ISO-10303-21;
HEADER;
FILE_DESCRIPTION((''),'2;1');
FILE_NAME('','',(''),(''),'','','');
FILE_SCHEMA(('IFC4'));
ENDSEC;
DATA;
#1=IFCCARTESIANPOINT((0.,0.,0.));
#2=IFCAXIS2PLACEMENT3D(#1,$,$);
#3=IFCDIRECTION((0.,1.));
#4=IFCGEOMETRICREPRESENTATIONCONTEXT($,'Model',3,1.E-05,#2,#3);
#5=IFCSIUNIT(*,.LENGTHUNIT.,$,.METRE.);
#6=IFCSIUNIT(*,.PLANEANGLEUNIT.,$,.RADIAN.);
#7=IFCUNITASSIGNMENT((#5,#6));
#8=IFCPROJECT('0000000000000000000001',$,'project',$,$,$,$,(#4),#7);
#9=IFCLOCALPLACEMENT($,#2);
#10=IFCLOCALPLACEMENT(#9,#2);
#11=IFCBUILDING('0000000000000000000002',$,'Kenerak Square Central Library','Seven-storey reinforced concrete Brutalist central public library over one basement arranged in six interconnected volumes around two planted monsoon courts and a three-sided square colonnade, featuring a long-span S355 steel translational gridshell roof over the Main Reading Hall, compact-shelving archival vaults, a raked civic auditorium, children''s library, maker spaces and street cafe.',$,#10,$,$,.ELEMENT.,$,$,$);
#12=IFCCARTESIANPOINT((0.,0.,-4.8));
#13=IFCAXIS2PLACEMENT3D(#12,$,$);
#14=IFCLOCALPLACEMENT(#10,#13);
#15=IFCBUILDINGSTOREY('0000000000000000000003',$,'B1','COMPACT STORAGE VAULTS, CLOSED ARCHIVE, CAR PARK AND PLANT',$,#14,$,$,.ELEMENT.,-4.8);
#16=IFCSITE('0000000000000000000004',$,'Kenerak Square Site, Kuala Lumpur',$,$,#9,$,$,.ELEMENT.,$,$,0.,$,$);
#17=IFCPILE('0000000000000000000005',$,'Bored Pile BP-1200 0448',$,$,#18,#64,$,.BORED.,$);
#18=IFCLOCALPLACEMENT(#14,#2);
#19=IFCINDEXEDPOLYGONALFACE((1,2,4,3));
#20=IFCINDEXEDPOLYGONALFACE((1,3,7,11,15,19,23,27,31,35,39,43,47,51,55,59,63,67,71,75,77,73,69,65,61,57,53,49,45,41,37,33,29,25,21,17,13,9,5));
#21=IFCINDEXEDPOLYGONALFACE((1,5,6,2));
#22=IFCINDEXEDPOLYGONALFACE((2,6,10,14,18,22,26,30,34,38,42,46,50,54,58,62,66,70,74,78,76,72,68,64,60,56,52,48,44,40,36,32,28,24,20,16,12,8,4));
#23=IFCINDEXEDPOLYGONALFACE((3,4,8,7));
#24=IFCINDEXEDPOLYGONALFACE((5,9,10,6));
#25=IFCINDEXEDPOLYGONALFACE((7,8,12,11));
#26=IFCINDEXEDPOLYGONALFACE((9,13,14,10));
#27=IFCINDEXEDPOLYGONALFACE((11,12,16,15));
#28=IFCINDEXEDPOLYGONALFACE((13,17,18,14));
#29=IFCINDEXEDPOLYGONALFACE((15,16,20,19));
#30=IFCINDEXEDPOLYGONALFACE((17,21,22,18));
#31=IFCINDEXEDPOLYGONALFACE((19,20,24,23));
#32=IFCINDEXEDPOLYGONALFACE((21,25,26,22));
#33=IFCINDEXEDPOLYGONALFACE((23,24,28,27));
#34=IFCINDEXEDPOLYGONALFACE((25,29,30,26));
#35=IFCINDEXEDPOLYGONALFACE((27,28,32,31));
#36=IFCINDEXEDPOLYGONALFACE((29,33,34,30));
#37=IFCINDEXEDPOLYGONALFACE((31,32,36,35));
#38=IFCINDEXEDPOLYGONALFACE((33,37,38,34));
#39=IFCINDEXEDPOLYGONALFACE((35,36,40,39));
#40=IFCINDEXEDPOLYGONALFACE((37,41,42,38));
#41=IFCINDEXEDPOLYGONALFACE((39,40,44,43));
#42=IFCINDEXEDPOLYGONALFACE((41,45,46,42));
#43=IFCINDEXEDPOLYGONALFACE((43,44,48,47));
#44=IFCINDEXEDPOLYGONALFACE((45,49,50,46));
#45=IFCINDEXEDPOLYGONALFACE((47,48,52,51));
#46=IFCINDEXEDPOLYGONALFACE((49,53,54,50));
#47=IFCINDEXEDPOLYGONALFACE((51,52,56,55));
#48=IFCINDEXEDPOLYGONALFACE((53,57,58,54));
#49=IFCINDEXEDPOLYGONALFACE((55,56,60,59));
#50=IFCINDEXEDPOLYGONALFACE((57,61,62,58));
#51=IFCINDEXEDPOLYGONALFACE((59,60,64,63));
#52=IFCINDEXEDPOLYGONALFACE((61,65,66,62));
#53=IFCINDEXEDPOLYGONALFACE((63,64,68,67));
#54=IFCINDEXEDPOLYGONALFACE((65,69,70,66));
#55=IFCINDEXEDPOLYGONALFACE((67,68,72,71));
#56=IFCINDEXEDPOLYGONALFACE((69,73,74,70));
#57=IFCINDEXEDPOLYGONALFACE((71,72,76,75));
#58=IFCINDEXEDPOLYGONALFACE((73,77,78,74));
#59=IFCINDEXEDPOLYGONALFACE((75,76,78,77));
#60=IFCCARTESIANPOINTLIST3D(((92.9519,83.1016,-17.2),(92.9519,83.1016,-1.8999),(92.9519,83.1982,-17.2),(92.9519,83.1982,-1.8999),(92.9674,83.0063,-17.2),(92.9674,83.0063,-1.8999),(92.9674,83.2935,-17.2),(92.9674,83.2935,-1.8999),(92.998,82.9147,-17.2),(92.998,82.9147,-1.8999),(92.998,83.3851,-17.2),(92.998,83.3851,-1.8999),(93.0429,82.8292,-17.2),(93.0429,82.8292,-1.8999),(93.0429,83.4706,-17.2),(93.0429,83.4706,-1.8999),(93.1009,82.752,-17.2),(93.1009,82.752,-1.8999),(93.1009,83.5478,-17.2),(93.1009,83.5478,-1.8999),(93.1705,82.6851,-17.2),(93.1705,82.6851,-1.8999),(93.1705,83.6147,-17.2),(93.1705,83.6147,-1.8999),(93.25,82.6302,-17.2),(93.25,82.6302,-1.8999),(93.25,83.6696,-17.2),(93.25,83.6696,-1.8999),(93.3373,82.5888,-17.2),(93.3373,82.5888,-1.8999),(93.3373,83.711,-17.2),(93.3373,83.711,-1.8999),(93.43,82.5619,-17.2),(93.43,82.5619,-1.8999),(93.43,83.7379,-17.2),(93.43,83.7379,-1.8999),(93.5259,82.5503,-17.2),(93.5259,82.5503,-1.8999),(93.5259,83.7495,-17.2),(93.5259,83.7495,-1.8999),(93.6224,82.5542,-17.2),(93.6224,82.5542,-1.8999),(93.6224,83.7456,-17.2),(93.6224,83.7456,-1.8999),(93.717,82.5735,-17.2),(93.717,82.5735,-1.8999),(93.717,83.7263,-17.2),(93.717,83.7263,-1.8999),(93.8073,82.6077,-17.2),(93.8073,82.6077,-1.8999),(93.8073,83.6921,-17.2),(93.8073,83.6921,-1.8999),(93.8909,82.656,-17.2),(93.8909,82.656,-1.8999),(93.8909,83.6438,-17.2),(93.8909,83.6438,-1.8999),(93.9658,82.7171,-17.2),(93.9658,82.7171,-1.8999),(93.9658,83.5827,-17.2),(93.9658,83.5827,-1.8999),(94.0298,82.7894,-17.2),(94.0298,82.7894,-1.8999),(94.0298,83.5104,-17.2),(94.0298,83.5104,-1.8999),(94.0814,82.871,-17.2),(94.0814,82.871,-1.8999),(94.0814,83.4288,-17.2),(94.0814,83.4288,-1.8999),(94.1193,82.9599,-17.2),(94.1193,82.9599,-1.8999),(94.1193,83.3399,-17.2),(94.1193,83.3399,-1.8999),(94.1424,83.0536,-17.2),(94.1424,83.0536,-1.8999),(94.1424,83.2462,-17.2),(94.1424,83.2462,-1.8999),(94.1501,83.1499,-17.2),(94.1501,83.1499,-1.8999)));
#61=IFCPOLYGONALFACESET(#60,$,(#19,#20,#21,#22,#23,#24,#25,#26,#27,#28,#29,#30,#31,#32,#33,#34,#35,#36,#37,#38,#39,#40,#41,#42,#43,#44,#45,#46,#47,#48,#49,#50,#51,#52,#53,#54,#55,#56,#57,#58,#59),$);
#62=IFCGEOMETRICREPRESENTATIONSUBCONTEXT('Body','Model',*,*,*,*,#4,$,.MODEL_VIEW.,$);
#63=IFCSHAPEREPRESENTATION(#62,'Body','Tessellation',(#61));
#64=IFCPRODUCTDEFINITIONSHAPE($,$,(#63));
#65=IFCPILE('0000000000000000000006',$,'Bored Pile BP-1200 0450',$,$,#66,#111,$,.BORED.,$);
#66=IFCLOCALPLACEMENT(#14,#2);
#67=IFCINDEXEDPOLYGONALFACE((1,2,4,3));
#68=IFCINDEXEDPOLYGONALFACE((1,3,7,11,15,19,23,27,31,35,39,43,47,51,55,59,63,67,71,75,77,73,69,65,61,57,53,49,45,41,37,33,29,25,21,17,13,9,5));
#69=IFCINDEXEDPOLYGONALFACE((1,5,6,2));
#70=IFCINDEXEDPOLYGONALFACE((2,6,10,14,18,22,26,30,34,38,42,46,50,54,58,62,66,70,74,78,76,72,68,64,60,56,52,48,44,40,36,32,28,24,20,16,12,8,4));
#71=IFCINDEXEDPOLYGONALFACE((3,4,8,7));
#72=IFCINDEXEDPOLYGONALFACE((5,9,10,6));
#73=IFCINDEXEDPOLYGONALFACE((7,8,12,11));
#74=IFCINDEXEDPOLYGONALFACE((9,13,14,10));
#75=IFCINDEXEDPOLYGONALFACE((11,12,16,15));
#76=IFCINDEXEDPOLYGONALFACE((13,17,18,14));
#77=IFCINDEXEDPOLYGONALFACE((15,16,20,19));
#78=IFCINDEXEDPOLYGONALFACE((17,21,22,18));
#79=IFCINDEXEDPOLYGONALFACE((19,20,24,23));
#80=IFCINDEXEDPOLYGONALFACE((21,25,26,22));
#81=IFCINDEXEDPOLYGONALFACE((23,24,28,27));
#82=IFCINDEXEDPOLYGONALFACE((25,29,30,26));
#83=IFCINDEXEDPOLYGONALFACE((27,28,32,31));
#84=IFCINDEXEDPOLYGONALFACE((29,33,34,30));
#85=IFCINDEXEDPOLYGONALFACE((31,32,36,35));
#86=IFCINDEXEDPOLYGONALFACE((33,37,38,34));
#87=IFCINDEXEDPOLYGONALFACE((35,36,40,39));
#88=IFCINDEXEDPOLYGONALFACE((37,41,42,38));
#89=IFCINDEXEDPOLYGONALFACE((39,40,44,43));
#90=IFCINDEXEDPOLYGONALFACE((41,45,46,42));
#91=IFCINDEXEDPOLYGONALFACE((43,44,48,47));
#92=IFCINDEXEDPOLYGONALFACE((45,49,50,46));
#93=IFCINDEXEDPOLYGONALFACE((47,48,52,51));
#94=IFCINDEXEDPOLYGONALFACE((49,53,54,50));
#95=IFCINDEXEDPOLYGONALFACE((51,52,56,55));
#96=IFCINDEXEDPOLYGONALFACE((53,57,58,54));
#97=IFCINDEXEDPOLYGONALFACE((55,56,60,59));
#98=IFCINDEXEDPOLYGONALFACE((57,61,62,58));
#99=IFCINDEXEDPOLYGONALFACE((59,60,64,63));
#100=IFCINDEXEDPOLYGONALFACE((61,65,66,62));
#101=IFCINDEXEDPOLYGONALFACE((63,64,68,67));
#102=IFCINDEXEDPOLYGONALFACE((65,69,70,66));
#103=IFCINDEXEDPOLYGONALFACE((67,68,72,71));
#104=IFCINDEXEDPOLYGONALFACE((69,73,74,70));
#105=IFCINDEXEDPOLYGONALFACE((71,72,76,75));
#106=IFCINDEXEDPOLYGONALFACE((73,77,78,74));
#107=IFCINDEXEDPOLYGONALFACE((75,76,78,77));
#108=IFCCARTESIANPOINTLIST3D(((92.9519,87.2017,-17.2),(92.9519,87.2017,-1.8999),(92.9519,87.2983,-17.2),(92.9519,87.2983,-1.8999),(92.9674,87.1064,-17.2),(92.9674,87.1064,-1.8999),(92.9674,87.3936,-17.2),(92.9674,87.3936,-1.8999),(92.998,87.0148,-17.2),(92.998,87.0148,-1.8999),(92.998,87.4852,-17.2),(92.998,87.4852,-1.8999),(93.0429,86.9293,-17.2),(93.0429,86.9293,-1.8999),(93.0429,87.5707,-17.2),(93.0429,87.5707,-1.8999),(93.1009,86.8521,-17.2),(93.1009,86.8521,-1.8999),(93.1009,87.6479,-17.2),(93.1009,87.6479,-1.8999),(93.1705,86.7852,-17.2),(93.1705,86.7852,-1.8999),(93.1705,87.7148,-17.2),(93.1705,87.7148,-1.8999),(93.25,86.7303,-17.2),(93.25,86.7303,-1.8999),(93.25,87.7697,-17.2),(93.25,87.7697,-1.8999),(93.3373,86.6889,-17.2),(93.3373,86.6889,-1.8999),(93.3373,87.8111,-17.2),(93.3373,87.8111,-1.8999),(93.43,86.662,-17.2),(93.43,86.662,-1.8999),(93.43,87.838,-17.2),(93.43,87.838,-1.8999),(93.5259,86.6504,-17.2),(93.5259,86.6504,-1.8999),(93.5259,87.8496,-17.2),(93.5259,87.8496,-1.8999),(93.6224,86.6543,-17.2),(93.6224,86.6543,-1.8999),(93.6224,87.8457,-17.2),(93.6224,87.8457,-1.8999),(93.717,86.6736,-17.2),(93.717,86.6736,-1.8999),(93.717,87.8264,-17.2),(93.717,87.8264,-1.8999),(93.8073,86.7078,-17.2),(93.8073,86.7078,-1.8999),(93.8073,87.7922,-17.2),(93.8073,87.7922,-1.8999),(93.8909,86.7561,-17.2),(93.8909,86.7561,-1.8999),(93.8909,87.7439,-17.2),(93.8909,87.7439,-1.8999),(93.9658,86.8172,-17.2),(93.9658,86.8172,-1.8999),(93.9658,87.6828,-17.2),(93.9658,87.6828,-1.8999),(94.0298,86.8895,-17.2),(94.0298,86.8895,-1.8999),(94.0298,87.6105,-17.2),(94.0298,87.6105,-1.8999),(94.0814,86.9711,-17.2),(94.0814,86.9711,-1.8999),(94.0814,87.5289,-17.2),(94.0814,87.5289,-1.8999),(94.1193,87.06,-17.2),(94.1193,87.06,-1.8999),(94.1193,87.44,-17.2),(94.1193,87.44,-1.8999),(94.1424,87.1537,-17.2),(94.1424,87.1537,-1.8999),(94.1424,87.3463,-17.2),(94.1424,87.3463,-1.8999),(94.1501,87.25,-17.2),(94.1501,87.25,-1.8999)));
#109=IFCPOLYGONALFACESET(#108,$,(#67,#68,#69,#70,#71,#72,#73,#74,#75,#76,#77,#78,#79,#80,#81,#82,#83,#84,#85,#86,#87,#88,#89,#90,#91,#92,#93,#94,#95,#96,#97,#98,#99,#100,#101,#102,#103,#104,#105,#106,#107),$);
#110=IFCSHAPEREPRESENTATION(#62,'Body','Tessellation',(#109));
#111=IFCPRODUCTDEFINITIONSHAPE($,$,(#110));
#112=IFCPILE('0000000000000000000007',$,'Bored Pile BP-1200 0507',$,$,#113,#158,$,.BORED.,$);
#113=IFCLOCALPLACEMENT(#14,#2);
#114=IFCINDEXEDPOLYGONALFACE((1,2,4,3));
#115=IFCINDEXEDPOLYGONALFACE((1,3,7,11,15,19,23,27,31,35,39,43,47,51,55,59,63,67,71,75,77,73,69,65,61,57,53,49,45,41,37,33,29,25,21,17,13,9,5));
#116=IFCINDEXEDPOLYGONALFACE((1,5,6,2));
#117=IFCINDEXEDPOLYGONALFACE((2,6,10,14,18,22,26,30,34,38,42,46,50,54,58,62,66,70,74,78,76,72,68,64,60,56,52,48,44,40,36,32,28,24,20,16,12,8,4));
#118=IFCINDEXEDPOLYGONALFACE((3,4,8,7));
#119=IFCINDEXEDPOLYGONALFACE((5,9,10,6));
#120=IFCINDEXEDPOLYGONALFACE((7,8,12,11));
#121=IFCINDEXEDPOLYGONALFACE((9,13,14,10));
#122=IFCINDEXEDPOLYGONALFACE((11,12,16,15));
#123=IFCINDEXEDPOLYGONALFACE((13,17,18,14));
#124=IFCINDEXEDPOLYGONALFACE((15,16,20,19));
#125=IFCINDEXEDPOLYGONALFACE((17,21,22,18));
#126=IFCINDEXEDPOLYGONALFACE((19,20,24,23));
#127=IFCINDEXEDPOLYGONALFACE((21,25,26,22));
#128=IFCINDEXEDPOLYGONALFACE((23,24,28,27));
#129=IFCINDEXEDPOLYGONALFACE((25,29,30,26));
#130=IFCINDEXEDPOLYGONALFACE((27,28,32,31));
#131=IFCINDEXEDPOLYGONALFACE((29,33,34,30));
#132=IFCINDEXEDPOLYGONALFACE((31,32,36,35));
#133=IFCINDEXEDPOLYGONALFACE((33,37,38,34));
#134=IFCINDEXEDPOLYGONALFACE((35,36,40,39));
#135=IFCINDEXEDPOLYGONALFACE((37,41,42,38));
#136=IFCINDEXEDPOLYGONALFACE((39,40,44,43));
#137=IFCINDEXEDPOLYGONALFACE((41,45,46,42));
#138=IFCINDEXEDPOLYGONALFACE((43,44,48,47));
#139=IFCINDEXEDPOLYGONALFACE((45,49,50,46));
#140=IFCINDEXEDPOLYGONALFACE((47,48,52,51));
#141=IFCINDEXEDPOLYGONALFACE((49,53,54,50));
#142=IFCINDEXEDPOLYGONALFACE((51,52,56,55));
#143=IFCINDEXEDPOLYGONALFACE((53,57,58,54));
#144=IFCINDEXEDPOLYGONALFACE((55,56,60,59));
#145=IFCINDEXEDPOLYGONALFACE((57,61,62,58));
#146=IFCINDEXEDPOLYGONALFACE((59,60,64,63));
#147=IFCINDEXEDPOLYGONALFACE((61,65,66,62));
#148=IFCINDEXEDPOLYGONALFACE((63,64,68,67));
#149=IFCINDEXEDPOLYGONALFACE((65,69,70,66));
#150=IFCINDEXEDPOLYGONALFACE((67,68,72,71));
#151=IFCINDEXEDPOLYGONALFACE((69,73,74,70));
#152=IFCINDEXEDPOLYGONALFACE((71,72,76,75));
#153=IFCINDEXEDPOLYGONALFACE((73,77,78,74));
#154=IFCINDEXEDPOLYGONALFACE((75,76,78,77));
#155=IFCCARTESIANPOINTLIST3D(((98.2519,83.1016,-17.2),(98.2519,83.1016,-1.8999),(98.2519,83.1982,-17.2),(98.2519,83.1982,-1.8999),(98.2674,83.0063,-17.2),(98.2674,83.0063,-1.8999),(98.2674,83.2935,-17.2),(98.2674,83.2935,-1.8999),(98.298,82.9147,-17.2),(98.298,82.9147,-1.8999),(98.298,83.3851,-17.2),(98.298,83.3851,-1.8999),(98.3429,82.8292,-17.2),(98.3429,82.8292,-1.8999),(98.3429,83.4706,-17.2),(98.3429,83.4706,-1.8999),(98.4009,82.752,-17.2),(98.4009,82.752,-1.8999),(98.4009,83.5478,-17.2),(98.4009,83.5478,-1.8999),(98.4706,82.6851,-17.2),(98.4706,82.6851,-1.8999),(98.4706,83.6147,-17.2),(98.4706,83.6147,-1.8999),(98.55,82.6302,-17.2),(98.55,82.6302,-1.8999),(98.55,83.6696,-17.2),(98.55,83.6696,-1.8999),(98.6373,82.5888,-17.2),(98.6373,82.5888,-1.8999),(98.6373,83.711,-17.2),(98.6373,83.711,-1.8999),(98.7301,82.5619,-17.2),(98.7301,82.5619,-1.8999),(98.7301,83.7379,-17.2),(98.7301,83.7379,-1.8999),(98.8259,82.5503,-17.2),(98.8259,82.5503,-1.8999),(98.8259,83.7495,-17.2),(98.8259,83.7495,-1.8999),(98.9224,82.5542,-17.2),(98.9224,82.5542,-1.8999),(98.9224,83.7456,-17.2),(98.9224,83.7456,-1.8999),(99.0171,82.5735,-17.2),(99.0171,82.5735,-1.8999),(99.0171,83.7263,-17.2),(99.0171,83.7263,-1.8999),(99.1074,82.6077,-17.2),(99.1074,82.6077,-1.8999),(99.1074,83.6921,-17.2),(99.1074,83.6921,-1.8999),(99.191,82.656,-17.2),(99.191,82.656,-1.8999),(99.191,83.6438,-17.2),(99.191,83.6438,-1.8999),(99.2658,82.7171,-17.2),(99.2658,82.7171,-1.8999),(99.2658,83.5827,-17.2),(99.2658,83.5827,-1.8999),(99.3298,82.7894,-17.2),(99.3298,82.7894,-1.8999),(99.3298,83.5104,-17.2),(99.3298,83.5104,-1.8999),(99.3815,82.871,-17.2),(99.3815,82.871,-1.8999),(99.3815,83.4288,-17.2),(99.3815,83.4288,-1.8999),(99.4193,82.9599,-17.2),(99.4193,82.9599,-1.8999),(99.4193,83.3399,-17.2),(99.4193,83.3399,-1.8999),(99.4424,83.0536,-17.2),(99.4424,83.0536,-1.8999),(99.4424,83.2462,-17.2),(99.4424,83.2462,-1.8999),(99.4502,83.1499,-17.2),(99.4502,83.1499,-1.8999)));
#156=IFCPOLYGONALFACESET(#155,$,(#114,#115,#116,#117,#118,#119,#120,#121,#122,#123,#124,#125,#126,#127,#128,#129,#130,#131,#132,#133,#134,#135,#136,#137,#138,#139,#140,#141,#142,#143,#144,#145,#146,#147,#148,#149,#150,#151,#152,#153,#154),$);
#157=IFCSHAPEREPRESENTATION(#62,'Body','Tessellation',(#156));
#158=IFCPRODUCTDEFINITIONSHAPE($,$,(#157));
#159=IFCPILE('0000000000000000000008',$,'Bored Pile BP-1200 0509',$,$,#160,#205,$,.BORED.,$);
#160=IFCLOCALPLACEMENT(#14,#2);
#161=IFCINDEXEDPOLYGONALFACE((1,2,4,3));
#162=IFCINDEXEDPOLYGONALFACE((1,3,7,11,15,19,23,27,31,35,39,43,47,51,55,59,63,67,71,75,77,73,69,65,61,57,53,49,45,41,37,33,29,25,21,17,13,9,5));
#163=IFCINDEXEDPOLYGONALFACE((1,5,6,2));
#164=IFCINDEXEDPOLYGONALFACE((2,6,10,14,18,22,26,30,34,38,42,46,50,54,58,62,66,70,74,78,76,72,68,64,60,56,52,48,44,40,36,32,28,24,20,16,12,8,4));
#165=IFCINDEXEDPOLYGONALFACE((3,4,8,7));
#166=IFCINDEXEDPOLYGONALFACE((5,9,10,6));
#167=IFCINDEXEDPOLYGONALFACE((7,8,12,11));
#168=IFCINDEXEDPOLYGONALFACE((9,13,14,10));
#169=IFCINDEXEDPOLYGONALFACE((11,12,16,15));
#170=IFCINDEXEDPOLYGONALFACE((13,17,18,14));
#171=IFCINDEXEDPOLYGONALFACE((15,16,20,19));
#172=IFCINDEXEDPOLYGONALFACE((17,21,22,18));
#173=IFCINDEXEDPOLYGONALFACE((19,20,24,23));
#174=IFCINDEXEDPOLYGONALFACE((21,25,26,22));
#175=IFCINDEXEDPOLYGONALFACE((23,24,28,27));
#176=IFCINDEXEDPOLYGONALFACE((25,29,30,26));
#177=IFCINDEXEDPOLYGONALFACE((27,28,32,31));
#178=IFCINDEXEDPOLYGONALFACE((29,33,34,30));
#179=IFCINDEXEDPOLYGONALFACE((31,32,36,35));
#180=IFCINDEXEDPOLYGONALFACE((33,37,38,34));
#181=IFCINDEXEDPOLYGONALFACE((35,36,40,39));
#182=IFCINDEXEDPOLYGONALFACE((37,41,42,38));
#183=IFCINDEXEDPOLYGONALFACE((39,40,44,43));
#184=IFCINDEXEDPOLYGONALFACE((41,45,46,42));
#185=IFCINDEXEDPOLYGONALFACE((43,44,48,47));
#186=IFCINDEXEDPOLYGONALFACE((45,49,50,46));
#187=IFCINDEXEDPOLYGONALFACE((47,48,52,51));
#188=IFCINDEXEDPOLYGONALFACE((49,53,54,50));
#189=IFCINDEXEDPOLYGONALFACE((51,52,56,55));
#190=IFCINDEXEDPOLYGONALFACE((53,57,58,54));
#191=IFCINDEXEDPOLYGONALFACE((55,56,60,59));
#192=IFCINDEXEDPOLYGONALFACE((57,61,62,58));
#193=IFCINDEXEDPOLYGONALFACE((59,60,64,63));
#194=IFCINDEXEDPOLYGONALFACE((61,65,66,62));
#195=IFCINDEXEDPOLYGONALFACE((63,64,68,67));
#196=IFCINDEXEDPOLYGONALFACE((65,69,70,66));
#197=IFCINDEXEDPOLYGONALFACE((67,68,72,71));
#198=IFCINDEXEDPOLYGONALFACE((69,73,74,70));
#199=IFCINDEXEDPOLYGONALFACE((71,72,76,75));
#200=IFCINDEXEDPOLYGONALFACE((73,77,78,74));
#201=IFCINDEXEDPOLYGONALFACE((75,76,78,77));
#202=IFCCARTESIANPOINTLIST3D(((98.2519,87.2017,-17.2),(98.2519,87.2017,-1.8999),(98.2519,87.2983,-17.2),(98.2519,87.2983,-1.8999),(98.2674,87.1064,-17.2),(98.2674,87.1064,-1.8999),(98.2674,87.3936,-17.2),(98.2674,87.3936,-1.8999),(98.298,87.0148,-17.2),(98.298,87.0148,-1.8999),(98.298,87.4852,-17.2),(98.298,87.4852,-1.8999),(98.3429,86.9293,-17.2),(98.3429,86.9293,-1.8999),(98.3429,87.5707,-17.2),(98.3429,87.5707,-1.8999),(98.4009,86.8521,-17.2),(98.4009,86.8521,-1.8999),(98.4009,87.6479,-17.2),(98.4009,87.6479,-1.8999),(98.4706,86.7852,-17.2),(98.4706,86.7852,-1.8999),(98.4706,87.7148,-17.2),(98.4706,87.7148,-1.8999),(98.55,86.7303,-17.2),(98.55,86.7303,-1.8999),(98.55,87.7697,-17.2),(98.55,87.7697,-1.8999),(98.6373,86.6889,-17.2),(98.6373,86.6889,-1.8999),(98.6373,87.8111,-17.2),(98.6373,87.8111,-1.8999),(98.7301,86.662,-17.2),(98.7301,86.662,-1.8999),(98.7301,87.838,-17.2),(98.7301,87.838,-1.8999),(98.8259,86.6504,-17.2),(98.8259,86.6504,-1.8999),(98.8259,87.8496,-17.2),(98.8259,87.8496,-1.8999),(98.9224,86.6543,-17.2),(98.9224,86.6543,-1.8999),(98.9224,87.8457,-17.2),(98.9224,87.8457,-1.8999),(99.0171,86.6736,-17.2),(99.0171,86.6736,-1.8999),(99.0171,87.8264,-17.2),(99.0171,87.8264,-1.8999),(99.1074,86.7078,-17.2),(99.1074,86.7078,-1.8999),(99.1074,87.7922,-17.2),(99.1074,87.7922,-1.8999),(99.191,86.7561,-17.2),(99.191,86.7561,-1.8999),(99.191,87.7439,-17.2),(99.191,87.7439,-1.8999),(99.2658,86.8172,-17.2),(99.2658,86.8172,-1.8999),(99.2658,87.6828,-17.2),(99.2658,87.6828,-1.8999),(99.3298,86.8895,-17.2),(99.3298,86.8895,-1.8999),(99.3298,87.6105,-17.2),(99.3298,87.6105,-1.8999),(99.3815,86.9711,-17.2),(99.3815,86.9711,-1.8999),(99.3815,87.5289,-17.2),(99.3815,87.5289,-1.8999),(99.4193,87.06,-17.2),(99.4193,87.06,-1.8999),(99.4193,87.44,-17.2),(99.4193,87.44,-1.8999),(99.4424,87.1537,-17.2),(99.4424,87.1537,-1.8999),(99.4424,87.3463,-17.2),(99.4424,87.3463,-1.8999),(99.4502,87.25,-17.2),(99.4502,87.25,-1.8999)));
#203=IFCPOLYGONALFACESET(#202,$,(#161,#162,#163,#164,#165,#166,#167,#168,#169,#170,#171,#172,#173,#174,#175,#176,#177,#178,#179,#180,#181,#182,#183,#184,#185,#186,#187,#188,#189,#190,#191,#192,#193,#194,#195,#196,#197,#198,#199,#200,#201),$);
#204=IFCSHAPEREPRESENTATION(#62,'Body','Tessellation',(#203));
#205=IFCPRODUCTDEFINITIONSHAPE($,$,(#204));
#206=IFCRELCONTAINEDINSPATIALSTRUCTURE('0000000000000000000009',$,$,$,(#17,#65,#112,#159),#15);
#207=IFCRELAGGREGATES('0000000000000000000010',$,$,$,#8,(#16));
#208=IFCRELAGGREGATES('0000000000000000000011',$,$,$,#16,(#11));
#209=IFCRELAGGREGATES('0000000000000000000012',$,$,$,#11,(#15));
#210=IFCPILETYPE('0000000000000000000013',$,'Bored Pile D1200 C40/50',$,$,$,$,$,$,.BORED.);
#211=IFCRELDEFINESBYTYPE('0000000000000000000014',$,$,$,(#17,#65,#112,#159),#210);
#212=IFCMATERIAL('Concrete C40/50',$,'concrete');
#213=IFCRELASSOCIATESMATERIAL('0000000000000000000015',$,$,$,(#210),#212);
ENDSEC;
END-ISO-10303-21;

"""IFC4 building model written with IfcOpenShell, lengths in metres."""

from ifc_helpers import new_model, si_unit, direction, frame, origin, origin_2d, place, context, subcontext, project, spatial, circle, extrude, material, material_profile, profile_set, type_object, element, save


model = new_model("IFC4")

# Units and contexts
model_context = context("Model", 3, precision=1e-05, world=origin(), true_north=direction((0.0, 1.0)))
body_context = subcontext(model_context, "Body", "Model", "MODEL_VIEW")
ifc_project = project(units=[si_unit("LENGTHUNIT", "METRE"), si_unit("PLANEANGLEUNIT", "RADIAN")], contexts=[model_context])

# Site, building, storey
site_placement = place(None, origin())
site = spatial("IfcSite", under=ifc_project, at=site_placement, Name="Kenerak Square Site, Kuala Lumpur", CompositionType="ELEMENT", RefElevation=0.0)
building_placement = place(site_placement, origin())
building = spatial("IfcBuilding", under=site, at=building_placement, Name="Kenerak Square Central Library", Description="Seven-storey reinforced concrete Brutalist central public library over one basement arranged in six interconnected volumes around two planted monsoon courts and a three-sided square colonnade, featuring a long-span S355 steel translational gridshell roof over the Main Reading Hall, compact-shelving archival vaults, a raked civic auditorium, children's library, maker spaces and street cafe.", CompositionType="ELEMENT")
storey_placement = place(building_placement, frame((0.0, 0.0, -4.8)))
storey = spatial("IfcBuildingStorey", under=building, at=storey_placement, Name="B1", Description="COMPACT STORAGE VAULTS, CLOSED ARCHIVE, CAR PARK AND PLANT", CompositionType="ELEMENT", Elevation=-4.8)

# Piles
ifc_material_1 = material(Name="Concrete C40/50", Category="concrete")
ifc_material_profile_1 = material_profile(ifc_material_1, circle(Radius=0.6001, at=origin_2d()), Name="BP D1200")
ifc_profile_set_1 = profile_set([ifc_material_profile_1], Name="Concrete C40/50")
pile_type = type_object("IfcPileType", Name="Bored Pile D1200 C40/50", PredefinedType="BORED", material=ifc_profile_set_1)
for number, where, z_axis, x_axis, name in (
    (1, (93.55, 83.1499, -1.8999), (0.0, 0.0, -1.0), (1.0, 0.0, 0.0), "Bored Pile BP-1200 0448"),
    (2, (93.55, 87.25, -1.8999), (0.0, 0.0, -1.0), (1.0, 0.0, 0.0), "Bored Pile BP-1200 0450"),
    (3, (98.8501, 83.1499, -1.8999), (0.0, 0.0, -1.0), (1.0, 0.0, 0.0), "Bored Pile BP-1200 0507"),
    (4, (98.8501, 87.25, -1.8999), (0.0, 0.0, -1.0), (1.0, 0.0, 0.0), "Bored Pile BP-1200 0509"),
):
    element("IfcPile", number, at=place(storey_placement, frame(where, z_axis=z_axis, x_axis=x_axis)), inside=storey, type_object=pile_type, Name=name, PredefinedType="BORED", context=body_context, shape_type="SweptSolid", body=[
        extrude(circle(Radius=0.6001, at=origin_2d()), origin(), (0.0, 0.0, 1.0), 15.3),
    ])

save(model, "model.ifc")
